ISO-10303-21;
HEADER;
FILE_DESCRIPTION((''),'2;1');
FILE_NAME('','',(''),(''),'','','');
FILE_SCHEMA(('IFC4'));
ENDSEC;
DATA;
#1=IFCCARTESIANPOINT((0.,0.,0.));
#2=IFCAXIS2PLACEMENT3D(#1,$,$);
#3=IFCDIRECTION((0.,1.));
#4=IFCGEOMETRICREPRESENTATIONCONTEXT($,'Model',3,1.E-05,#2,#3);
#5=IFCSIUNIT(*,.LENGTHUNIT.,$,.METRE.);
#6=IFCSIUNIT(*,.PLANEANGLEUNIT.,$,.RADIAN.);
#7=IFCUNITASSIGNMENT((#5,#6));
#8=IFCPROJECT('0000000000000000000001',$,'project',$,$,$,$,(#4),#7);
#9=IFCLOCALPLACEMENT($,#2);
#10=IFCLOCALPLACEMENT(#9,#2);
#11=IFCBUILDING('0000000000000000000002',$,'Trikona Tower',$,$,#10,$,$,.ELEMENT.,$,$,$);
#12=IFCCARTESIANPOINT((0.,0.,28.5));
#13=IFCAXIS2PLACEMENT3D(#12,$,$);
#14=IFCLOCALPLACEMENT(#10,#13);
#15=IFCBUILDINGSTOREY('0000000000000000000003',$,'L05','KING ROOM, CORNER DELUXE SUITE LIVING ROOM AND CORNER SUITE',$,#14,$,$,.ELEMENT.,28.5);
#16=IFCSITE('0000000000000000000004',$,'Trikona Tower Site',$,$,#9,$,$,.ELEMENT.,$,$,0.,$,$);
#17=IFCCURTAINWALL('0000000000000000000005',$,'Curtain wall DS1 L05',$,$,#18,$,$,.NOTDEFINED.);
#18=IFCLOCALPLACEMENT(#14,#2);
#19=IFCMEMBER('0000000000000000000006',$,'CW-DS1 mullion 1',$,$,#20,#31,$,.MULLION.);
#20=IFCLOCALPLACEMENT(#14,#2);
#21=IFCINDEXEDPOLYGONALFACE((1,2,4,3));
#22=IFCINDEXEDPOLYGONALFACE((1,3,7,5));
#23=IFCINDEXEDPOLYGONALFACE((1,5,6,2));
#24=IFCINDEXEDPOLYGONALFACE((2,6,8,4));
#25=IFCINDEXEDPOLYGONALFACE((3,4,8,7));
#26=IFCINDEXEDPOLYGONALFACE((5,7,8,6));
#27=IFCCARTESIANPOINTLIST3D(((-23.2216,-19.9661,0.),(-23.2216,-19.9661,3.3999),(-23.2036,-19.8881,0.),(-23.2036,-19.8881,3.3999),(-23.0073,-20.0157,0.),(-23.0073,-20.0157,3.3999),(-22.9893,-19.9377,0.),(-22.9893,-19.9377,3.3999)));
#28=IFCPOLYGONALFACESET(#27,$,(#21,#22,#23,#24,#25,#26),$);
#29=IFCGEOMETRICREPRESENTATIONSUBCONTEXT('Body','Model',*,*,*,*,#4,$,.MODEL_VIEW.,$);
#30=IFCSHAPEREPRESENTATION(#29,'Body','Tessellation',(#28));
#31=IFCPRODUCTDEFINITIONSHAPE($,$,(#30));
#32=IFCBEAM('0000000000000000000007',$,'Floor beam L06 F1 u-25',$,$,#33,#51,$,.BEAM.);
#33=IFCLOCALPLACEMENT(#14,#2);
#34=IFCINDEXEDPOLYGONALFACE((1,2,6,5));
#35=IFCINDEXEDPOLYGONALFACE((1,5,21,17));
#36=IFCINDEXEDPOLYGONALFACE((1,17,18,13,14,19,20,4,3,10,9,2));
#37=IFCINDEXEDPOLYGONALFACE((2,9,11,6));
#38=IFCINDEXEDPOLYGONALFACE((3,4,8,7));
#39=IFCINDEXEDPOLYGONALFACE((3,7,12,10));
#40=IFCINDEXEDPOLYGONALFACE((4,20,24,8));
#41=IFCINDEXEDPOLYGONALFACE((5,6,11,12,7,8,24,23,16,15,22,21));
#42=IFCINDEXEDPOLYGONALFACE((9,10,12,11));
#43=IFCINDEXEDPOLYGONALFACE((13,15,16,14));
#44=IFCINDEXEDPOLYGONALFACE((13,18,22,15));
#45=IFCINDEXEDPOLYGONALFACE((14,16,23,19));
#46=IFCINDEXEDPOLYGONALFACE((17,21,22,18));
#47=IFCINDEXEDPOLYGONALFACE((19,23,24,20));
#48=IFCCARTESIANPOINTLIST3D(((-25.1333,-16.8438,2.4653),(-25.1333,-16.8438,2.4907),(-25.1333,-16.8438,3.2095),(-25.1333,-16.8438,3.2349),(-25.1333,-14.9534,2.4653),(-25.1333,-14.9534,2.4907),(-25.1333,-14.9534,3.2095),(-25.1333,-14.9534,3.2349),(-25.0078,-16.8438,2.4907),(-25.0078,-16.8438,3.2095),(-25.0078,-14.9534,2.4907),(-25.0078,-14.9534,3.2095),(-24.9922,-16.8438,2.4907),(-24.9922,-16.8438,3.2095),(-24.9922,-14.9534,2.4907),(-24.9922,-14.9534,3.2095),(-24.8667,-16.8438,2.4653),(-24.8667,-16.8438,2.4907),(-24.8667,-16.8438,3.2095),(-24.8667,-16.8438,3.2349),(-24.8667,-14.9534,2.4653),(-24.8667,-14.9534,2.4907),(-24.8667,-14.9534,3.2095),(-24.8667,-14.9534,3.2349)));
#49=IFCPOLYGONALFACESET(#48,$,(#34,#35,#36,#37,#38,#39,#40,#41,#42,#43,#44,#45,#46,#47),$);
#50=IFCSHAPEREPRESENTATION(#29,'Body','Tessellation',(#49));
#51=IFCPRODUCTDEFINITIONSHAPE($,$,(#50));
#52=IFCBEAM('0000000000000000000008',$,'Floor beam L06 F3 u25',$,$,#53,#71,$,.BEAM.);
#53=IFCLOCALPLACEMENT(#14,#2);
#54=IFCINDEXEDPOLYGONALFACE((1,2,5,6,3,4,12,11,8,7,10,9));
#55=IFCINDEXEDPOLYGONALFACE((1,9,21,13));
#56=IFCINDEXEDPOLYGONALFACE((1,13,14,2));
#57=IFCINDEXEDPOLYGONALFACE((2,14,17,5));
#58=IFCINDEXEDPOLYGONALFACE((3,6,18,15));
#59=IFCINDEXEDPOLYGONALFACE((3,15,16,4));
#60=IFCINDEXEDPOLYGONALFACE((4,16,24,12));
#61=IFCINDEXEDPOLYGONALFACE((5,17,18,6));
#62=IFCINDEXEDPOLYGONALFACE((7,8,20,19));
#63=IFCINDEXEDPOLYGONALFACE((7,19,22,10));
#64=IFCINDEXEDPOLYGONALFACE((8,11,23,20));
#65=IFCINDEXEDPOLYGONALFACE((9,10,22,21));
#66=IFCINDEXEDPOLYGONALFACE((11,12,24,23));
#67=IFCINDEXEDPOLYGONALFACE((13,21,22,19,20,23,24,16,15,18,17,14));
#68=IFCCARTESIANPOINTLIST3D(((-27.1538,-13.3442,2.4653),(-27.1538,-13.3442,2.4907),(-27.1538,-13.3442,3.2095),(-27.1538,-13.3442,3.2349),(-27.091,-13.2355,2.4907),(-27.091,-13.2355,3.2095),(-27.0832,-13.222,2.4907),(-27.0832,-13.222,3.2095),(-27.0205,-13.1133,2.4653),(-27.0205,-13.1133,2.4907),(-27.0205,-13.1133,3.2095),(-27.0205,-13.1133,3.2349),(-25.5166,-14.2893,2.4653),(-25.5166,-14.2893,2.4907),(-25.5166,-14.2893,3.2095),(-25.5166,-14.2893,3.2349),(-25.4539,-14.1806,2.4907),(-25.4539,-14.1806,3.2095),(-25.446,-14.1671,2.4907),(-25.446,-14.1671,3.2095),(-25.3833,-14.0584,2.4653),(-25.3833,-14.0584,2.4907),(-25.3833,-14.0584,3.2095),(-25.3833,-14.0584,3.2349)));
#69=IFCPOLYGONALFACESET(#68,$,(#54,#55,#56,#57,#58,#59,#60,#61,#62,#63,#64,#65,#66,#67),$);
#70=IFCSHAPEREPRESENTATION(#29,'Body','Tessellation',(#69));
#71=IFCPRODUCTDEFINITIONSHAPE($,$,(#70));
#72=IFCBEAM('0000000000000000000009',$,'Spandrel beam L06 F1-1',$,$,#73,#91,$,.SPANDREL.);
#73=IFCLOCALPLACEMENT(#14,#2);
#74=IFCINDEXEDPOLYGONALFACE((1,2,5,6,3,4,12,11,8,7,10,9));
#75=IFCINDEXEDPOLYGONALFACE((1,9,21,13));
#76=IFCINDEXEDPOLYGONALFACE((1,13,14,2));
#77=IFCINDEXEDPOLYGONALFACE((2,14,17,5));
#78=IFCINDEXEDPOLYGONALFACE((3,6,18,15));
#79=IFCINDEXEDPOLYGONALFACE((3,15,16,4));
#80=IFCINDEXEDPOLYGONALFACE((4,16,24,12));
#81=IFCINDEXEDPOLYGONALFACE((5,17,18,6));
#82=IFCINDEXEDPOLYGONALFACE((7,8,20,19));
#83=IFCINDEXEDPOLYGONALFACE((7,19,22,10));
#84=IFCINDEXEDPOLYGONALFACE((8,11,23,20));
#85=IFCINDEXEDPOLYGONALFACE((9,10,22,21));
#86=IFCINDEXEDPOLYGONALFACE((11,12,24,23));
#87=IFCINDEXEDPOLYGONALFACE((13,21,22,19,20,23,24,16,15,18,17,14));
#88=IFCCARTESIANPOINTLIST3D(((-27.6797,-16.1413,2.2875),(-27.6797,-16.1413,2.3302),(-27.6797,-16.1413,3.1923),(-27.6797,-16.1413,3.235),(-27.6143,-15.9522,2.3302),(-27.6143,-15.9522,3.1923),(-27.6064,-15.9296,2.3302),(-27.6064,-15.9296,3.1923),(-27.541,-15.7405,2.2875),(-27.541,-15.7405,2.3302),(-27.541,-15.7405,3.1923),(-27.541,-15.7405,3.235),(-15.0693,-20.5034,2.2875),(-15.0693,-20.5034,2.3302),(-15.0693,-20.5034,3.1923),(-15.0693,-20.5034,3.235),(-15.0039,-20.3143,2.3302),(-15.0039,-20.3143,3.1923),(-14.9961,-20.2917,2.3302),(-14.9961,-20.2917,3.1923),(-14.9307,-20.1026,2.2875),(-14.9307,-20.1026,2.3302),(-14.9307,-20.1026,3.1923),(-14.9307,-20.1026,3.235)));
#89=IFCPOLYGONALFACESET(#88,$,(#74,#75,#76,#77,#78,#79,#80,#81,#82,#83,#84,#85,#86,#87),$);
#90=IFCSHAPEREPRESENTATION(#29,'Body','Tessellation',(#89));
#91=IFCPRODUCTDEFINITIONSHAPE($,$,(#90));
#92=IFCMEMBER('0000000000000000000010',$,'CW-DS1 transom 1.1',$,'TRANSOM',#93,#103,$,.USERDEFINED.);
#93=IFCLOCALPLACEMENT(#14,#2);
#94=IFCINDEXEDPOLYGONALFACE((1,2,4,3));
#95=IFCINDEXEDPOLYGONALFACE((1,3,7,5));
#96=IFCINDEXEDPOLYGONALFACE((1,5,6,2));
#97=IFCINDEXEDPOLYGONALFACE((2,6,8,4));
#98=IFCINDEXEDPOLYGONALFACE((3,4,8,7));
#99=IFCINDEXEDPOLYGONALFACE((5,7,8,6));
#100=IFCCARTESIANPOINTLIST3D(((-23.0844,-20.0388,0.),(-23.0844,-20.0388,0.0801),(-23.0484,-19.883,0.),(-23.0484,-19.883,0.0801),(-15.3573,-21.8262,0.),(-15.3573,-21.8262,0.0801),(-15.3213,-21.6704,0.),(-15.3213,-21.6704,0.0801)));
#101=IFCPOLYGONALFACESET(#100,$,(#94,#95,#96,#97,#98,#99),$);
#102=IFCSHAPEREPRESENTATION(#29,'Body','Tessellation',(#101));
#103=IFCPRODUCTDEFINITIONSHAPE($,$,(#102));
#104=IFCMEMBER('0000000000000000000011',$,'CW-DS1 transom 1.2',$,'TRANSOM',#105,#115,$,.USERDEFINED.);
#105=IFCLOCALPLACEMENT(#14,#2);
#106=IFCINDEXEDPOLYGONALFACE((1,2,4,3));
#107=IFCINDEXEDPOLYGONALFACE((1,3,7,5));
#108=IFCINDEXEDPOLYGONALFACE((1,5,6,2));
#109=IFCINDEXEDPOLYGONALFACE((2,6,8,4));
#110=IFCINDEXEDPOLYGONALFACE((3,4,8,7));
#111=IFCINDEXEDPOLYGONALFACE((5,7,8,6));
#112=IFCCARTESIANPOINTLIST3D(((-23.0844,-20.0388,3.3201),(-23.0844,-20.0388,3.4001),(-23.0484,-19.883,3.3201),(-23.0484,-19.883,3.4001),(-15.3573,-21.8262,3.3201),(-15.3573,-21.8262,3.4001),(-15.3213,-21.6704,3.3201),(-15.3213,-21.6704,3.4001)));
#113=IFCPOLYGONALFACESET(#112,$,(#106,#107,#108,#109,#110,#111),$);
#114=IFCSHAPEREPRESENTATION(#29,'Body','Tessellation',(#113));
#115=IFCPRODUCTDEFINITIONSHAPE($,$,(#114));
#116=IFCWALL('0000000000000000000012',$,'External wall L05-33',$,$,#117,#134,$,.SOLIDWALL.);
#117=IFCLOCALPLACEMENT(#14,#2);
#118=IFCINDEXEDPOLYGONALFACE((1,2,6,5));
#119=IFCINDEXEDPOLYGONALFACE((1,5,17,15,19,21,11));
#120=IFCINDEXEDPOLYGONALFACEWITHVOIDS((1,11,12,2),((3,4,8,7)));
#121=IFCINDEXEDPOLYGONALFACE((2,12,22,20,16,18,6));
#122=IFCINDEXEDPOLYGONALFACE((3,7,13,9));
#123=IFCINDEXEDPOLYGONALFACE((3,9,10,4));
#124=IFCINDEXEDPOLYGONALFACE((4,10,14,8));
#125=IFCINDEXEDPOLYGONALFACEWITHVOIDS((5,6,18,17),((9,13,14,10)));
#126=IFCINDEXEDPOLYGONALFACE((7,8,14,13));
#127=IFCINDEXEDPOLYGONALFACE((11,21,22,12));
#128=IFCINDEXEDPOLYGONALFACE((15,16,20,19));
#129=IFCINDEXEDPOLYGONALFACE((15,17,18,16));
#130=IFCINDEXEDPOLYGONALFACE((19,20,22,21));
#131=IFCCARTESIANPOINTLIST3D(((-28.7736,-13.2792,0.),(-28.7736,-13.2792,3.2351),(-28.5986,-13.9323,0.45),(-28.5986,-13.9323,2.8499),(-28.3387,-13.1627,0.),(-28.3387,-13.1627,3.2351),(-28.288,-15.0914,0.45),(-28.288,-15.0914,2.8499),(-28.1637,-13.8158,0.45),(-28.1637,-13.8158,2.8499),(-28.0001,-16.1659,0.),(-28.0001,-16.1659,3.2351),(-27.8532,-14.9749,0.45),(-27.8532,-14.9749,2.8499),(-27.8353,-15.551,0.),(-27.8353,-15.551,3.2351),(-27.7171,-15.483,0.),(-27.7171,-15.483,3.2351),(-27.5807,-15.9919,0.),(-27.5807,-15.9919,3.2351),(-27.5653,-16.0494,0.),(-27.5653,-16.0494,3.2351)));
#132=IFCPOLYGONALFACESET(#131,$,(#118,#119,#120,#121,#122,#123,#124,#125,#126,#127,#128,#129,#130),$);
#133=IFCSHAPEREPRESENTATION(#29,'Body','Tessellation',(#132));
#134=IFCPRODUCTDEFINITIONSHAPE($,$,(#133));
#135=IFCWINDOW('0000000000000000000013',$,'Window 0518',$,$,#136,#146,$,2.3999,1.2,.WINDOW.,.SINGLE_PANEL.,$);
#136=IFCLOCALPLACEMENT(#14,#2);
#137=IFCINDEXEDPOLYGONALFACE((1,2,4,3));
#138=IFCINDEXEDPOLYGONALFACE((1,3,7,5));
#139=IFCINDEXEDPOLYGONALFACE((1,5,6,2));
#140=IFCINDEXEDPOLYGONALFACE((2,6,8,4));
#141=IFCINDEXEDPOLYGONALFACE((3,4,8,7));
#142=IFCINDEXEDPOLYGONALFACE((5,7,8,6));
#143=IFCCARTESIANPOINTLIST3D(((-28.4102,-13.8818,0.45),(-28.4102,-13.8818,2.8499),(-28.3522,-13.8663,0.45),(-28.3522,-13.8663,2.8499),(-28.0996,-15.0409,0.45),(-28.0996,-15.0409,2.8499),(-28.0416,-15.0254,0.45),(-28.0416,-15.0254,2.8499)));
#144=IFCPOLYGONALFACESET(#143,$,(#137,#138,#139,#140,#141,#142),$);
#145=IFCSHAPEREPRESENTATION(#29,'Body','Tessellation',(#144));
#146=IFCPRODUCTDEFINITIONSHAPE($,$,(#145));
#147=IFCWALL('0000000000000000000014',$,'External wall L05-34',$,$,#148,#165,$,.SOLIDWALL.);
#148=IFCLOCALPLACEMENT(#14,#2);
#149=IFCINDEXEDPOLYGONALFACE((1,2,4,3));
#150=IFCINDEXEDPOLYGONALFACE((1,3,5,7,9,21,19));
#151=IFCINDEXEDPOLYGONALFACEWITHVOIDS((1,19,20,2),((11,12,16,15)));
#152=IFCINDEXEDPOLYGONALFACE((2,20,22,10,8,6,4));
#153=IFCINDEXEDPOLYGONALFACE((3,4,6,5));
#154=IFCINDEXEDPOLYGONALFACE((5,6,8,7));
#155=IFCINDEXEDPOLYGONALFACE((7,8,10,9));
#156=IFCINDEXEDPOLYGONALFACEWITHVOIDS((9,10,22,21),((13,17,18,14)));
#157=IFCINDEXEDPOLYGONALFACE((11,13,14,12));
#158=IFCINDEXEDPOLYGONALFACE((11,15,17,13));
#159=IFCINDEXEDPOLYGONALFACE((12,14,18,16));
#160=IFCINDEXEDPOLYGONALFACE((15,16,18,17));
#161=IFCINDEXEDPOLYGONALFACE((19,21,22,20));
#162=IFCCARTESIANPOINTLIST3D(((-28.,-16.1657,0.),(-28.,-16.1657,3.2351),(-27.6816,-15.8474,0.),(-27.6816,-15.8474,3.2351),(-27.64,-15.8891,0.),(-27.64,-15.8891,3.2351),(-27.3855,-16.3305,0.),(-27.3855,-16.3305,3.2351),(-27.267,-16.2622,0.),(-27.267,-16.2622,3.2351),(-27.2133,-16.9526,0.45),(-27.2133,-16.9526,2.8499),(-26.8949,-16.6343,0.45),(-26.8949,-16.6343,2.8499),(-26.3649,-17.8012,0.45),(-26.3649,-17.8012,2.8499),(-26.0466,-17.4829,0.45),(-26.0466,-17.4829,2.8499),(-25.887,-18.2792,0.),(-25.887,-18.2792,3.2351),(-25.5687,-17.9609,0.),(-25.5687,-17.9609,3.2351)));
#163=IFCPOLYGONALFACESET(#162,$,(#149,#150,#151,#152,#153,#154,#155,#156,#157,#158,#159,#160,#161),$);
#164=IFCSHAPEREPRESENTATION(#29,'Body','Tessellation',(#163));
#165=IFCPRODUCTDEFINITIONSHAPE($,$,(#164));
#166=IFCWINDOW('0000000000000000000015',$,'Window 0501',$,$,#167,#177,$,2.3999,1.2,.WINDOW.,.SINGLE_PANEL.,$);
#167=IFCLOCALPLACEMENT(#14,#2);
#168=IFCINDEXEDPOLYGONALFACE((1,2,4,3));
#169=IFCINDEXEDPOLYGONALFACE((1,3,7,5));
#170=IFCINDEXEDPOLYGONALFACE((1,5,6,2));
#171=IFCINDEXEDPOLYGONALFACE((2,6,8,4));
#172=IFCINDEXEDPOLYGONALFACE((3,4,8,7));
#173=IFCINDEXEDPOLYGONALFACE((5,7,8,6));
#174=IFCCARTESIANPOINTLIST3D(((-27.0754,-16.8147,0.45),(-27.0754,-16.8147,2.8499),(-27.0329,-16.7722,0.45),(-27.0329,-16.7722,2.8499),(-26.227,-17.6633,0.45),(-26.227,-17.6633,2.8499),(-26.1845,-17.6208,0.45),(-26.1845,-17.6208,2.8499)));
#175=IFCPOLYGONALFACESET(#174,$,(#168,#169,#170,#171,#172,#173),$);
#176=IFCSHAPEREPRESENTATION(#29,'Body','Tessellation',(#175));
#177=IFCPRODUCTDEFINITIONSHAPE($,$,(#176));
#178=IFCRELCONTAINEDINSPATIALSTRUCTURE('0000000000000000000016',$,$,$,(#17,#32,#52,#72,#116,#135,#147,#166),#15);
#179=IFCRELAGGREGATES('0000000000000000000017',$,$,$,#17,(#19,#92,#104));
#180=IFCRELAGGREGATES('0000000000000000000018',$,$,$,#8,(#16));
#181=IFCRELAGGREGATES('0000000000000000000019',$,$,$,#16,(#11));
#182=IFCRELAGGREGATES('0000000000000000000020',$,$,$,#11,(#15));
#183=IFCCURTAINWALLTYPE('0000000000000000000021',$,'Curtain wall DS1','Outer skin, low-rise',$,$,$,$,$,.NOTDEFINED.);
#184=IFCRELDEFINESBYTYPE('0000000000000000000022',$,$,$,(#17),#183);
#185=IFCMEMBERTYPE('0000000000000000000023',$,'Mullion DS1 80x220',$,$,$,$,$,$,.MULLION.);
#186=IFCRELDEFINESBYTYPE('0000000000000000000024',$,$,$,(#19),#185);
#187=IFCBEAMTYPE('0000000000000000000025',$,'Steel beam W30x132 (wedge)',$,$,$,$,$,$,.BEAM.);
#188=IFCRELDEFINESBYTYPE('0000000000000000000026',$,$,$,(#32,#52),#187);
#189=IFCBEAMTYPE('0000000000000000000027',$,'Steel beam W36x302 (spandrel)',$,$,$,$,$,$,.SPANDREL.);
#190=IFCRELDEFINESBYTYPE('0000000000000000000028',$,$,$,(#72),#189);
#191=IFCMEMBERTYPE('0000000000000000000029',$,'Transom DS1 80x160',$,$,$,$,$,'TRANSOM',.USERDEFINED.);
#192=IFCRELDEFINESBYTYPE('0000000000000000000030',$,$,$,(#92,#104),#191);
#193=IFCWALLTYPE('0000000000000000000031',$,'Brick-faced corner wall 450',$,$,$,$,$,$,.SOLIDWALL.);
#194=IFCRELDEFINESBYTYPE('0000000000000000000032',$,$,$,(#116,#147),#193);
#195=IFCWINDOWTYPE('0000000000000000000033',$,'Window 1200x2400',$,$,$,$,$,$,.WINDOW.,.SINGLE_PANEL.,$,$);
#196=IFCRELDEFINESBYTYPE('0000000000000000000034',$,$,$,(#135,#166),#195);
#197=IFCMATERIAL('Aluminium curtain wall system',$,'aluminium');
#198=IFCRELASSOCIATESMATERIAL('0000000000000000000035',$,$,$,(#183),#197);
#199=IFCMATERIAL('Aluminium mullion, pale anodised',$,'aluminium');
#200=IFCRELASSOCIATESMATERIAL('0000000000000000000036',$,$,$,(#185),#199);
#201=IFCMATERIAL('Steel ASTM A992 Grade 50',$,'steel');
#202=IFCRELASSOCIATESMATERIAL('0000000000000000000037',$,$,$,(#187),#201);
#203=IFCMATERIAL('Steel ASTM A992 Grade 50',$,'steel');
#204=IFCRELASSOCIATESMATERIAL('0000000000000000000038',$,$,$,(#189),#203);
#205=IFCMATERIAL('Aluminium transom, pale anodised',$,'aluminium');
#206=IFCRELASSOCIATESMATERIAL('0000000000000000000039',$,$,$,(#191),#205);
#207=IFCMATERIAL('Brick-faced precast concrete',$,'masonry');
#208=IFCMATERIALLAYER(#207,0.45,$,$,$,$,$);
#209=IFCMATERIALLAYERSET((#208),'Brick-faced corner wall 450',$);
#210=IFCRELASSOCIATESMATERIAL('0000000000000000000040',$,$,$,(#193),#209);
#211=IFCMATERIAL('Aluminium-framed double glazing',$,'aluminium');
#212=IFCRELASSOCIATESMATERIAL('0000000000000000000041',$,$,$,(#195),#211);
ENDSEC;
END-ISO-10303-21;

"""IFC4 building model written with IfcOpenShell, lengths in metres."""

from ifc_helpers import new_model, si_unit, direction, frame, frame_2d, origin, origin_2d, place, context, subcontext, project, spatial, polyline, rectangle, i_section, outline, extrude, material, layer, layer_set, material_profile, profile_set, type_object, element, fill, aggregate, save


model = new_model("IFC4")

# Units and contexts
model_context = context("Model", 3, precision=1e-05, world=origin(), true_north=direction((0.0, 1.0)))
body_context = subcontext(model_context, "Body", "Model", "MODEL_VIEW")
ifc_project = project(units=[si_unit("LENGTHUNIT", "METRE"), si_unit("PLANEANGLEUNIT", "RADIAN")], contexts=[model_context])

# Site, building, storey
site_placement = place(None, origin())
site = spatial("IfcSite", under=ifc_project, at=site_placement, Name="Trikona Tower Site", CompositionType="ELEMENT", RefElevation=0.0)
building_placement = place(site_placement, origin())
building = spatial("IfcBuilding", under=site, at=building_placement, Name="Trikona Tower", CompositionType="ELEMENT")
storey_placement = place(building_placement, frame((0.0, 0.0, 28.5)))
storey = spatial("IfcBuildingStorey", under=building, at=storey_placement, Name="L05", Description="KING ROOM, CORNER DELUXE SUITE LIVING ROOM AND CORNER SUITE", CompositionType="ELEMENT", Elevation=28.5)

# Curtain wall, member
ifc_material_1 = material(Name="Aluminium curtain wall system", Category="aluminium")
curtain_wall_type = type_object("IfcCurtainWallType", Name="Curtain wall DS1", Description="Outer skin, low-rise", PredefinedType="NOTDEFINED", material=ifc_material_1)
curtain_wall_placement = place(storey_placement, origin())
curtain_wall = element("IfcCurtainWall", 1, at=curtain_wall_placement, inside=storey, type_object=curtain_wall_type, Name="Curtain wall DS1 L05", PredefinedType="NOTDEFINED")
ifc_material_2 = material(Name="Aluminium mullion, pale anodised", Category="aluminium")
ifc_material_profile_1 = material_profile(ifc_material_2, rectangle(XDim=0.0801, YDim=0.22, at=origin_2d()), Name="MUL-DS1")
ifc_profile_set_1 = profile_set([ifc_material_profile_1], Name="Aluminium mullion, pale anodised")
member_type_1 = type_object("IfcMemberType", Name="Mullion DS1 80x220", PredefinedType="MULLION", material=ifc_profile_set_1)
member_1_placement = place(storey_placement, frame((-23.1055, -19.9519, 0.0), z_axis=(0.0, 0.0, 1.0), x_axis=(0.225343, 0.974279, 0.0)))
member_1 = element("IfcMember", 2, at=member_1_placement, type_object=member_type_1, Name="CW-DS1 mullion 1", PredefinedType="MULLION", context=body_context, shape_type="SweptSolid", body=[
    extrude(rectangle(XDim=0.0801, YDim=0.22, at=origin_2d()), origin(), (0.0, 0.0, 1.0), 3.3999),
])

# Beams
ifc_material_3 = material(Name="Steel ASTM A992 Grade 50", Category="steel")
ifc_material_profile_2 = material_profile(ifc_material_3, i_section(OverallWidth=0.2666, OverallDepth=0.7695, WebThickness=0.0156, FlangeThickness=0.0254, at=origin_2d()), Name="W30X132")
ifc_profile_set_2 = profile_set([ifc_material_profile_2], Name="Steel ASTM A992 Grade 50")
beam_type_1 = type_object("IfcBeamType", Name="Steel beam W30x132 (wedge)", PredefinedType="BEAM", material=ifc_profile_set_2)
for number, where, z_axis, x_axis, name in (
    (3, (-25.0, -14.9534, 2.8501), (0.0, -1.0, 0.0), (1.0, 0.0, 0.0), "Floor beam L06 F1 u-25"),
    (4, (-25.45, -14.1738, 2.8501), (-0.866065, 0.499931, 0.0), (-0.499931, -0.866065, 0.0), "Floor beam L06 F3 u25"),
):
    element("IfcBeam", number, at=place(storey_placement, frame(where, z_axis=z_axis, x_axis=x_axis)), inside=storey, type_object=beam_type_1, Name=name, PredefinedType="BEAM", context=body_context, shape_type="SweptSolid", body=[
        extrude(i_section(OverallWidth=0.2666, OverallDepth=0.7695, WebThickness=0.0156, FlangeThickness=0.0254, at=origin_2d()), origin(), (0.0, 0.0, 1.0), 1.8904),
    ])
ifc_material_4 = material(Name="Steel ASTM A992 Grade 50", Category="steel")
ifc_material_profile_3 = material_profile(ifc_material_4, i_section(OverallWidth=0.4241, OverallDepth=0.9475, WebThickness=0.0239, FlangeThickness=0.0427, at=origin_2d()), Name="W36X302")
ifc_profile_set_3 = profile_set([ifc_material_profile_3], Name="Steel ASTM A992 Grade 50")
beam_type_2 = type_object("IfcBeamType", Name="Steel beam W36x302 (spandrel)", PredefinedType="SPANDREL", material=ifc_profile_set_3)
beam_placement = place(storey_placement, frame((-27.6104, -15.9409, 2.7612), z_axis=(0.945057, -0.326906, 0.0), x_axis=(0.326906, 0.945057, 0.0)))
element("IfcBeam", 5, at=beam_placement, inside=storey, type_object=beam_type_2, Name="Spandrel beam L06 F1-1", PredefinedType="SPANDREL", context=body_context, shape_type="SweptSolid", body=[
    extrude(i_section(OverallWidth=0.4241, OverallDepth=0.9475, WebThickness=0.0239, FlangeThickness=0.0427, at=origin_2d()), origin(), (0.0, 0.0, 1.0), 13.3435),
])

# Members
ifc_material_5 = material(Name="Aluminium transom, pale anodised", Category="aluminium")
ifc_material_profile_4 = material_profile(ifc_material_5, rectangle(XDim=0.1599, YDim=0.0801, at=origin_2d()), Name="TRN-DS1")
ifc_profile_set_4 = profile_set([ifc_material_profile_4], Name="Aluminium transom, pale anodised")
member_type_2 = type_object("IfcMemberType", Name="Transom DS1 80x160", ElementType="TRANSOM", PredefinedType="USERDEFINED", material=ifc_profile_set_4)
member_2_placement = place(storey_placement, frame((-23.0664, -19.9609, 0.04), z_axis=(0.974275, -0.225361, 0.0), x_axis=(0.225361, 0.974275, 0.0)))
member_2 = element("IfcMember", 6, at=member_2_placement, type_object=member_type_2, Name="CW-DS1 transom 1.1", ObjectType="TRANSOM", PredefinedType="USERDEFINED", context=body_context, shape_type="SweptSolid", body=[
    extrude(rectangle(XDim=0.1599, YDim=0.0801, at=origin_2d()), origin(), (0.0, 0.0, 1.0), 7.9312),
])
member_3_placement = place(storey_placement, frame((-23.0664, -19.9609, 3.3601), z_axis=(0.974275, -0.225361, 0.0), x_axis=(0.225361, 0.974275, 0.0)))
member_3 = element("IfcMember", 7, at=member_3_placement, type_object=member_type_2, Name="CW-DS1 transom 1.2", ObjectType="TRANSOM", PredefinedType="USERDEFINED", context=body_context, shape_type="SweptSolid", body=[
    extrude(rectangle(XDim=0.1599, YDim=0.0801, at=origin_2d()), origin(), (0.0, 0.0, 1.0), 7.9312),
])
aggregate(curtain_wall, [member_1, member_2, member_3])

# Walls, openings, windows
ifc_material_6 = material(Name="Brick-faced precast concrete", Category="masonry")
ifc_layer_1 = layer(ifc_material_6, 0.45)
ifc_layer_set_1 = layer_set([ifc_layer_1], Name="Brick-faced corner wall 450")
wall_type_1 = type_object("IfcWallType", Name="Brick-faced corner wall 450", PredefinedType="SOLIDWALL", material=ifc_layer_set_1)
wall_1_placement = place(storey_placement, frame((-28.5562, -13.2209, 0.0), z_axis=(0.0, 0.0, 1.0), x_axis=(0.258801, -0.965931, 0.0)))
wall_1 = element("IfcWall", 8, at=wall_1_placement, inside=storey, type_object=wall_type_1, Name="External wall L05-33", PredefinedType="SOLIDWALL", context=body_context, shape_type="SweptSolid", body=[
    extrude(outline(polyline([(2.9885, 0.2251), (2.929, 0.2251), (2.4373, 0.0933), (2.4021, 0.2251), (0.0, 0.2251), (0.0, -0.2251), (2.9885, -0.2251), (2.9885, 0.2251)])), origin(), (0.0, 0.0, 1.0), 3.2351),
])
opening_1_placement = place(wall_1_placement, frame((0.676, 0.0, 0.45)))
opening_1 = element("IfcOpeningElement", 9, at=opening_1_placement, cuts=wall_1, PredefinedType="OPENING", context=body_context, shape_type="SweptSolid", body=[
    extrude(rectangle(XDim=1.2, YDim=2.3999, at=frame_2d((0.6001, 1.2))), frame((0.0, 0.2349, 0.0), z_axis=(0.0, -1.0, 0.0), x_axis=(1.0, 0.0, 0.0)), (0.0, 0.0, 1.0), 0.47),
])
ifc_material_7 = material(Name="Aluminium-framed double glazing", Category="aluminium")
window_type_1 = type_object("IfcWindowType", Name="Window 1200x2400", PartitioningType="SINGLE_PANEL", PredefinedType="WINDOW", material=ifc_material_7)
window_1_placement = place(opening_1_placement, origin())
window_1 = element("IfcWindow", 10, at=window_1_placement, inside=storey, type_object=window_type_1, Name="Window 0518", OverallHeight=2.3999, OverallWidth=1.2, PartitioningType="SINGLE_PANEL", PredefinedType="WINDOW", context=body_context, shape_type="SweptSolid", body=[
    extrude(rectangle(XDim=1.2, YDim=2.3999, at=frame_2d((0.6001, 1.2))), frame((0.0, 0.03, 0.0), z_axis=(0.0, -1.0, 0.0), x_axis=(1.0, 0.0, 0.0)), (0.0, 0.0, 1.0), 0.0601),
])
fill(opening_1, window_1)
wall_2_placement = place(storey_placement, frame((-27.8408, -16.0066, 0.0), z_axis=(0.0, 0.0, 1.0), x_axis=(0.707025, -0.707188, 0.0)))
wall_2 = element("IfcWall", 11, at=wall_2_placement, inside=storey, type_object=wall_type_1, Name="External wall L05-34", PredefinedType="SOLIDWALL", context=body_context, shape_type="SweptSolid", body=[
    extrude(outline(polyline([(2.9885, 0.2251), (0.5864, 0.2251), (0.551, 0.093), (0.0588, 0.2251), (0.0, 0.2251), (0.0, -0.2251), (2.9885, -0.2251), (2.9885, 0.2251)])), origin(), (0.0, 0.0, 1.0), 3.2351),
])
opening_2_placement = place(wall_2_placement, frame((1.1125, 0.0, 0.45)))
opening_2 = element("IfcOpeningElement", 12, at=opening_2_placement, cuts=wall_2, PredefinedType="OPENING", context=body_context, shape_type="SweptSolid", body=[
    extrude(rectangle(XDim=1.2, YDim=2.3999, at=frame_2d((0.6001, 1.2))), frame((0.0, 0.2349, 0.0), z_axis=(0.0, -1.0, 0.0), x_axis=(1.0, 0.0, 0.0)), (0.0, 0.0, 1.0), 0.47),
])
window_2_placement = place(opening_2_placement, origin())
window_2 = element("IfcWindow", 13, at=window_2_placement, inside=storey, type_object=window_type_1, Name="Window 0501", OverallHeight=2.3999, OverallWidth=1.2, PartitioningType="SINGLE_PANEL", PredefinedType="WINDOW", context=body_context, shape_type="SweptSolid", body=[
    extrude(rectangle(XDim=1.2, YDim=2.3999, at=frame_2d((0.6001, 1.2))), frame((0.0, 0.03, 0.0), z_axis=(0.0, -1.0, 0.0), x_axis=(1.0, 0.0, 0.0)), (0.0, 0.0, 1.0), 0.0601),
])
fill(opening_2, window_2)

save(model, "model.ifc")
